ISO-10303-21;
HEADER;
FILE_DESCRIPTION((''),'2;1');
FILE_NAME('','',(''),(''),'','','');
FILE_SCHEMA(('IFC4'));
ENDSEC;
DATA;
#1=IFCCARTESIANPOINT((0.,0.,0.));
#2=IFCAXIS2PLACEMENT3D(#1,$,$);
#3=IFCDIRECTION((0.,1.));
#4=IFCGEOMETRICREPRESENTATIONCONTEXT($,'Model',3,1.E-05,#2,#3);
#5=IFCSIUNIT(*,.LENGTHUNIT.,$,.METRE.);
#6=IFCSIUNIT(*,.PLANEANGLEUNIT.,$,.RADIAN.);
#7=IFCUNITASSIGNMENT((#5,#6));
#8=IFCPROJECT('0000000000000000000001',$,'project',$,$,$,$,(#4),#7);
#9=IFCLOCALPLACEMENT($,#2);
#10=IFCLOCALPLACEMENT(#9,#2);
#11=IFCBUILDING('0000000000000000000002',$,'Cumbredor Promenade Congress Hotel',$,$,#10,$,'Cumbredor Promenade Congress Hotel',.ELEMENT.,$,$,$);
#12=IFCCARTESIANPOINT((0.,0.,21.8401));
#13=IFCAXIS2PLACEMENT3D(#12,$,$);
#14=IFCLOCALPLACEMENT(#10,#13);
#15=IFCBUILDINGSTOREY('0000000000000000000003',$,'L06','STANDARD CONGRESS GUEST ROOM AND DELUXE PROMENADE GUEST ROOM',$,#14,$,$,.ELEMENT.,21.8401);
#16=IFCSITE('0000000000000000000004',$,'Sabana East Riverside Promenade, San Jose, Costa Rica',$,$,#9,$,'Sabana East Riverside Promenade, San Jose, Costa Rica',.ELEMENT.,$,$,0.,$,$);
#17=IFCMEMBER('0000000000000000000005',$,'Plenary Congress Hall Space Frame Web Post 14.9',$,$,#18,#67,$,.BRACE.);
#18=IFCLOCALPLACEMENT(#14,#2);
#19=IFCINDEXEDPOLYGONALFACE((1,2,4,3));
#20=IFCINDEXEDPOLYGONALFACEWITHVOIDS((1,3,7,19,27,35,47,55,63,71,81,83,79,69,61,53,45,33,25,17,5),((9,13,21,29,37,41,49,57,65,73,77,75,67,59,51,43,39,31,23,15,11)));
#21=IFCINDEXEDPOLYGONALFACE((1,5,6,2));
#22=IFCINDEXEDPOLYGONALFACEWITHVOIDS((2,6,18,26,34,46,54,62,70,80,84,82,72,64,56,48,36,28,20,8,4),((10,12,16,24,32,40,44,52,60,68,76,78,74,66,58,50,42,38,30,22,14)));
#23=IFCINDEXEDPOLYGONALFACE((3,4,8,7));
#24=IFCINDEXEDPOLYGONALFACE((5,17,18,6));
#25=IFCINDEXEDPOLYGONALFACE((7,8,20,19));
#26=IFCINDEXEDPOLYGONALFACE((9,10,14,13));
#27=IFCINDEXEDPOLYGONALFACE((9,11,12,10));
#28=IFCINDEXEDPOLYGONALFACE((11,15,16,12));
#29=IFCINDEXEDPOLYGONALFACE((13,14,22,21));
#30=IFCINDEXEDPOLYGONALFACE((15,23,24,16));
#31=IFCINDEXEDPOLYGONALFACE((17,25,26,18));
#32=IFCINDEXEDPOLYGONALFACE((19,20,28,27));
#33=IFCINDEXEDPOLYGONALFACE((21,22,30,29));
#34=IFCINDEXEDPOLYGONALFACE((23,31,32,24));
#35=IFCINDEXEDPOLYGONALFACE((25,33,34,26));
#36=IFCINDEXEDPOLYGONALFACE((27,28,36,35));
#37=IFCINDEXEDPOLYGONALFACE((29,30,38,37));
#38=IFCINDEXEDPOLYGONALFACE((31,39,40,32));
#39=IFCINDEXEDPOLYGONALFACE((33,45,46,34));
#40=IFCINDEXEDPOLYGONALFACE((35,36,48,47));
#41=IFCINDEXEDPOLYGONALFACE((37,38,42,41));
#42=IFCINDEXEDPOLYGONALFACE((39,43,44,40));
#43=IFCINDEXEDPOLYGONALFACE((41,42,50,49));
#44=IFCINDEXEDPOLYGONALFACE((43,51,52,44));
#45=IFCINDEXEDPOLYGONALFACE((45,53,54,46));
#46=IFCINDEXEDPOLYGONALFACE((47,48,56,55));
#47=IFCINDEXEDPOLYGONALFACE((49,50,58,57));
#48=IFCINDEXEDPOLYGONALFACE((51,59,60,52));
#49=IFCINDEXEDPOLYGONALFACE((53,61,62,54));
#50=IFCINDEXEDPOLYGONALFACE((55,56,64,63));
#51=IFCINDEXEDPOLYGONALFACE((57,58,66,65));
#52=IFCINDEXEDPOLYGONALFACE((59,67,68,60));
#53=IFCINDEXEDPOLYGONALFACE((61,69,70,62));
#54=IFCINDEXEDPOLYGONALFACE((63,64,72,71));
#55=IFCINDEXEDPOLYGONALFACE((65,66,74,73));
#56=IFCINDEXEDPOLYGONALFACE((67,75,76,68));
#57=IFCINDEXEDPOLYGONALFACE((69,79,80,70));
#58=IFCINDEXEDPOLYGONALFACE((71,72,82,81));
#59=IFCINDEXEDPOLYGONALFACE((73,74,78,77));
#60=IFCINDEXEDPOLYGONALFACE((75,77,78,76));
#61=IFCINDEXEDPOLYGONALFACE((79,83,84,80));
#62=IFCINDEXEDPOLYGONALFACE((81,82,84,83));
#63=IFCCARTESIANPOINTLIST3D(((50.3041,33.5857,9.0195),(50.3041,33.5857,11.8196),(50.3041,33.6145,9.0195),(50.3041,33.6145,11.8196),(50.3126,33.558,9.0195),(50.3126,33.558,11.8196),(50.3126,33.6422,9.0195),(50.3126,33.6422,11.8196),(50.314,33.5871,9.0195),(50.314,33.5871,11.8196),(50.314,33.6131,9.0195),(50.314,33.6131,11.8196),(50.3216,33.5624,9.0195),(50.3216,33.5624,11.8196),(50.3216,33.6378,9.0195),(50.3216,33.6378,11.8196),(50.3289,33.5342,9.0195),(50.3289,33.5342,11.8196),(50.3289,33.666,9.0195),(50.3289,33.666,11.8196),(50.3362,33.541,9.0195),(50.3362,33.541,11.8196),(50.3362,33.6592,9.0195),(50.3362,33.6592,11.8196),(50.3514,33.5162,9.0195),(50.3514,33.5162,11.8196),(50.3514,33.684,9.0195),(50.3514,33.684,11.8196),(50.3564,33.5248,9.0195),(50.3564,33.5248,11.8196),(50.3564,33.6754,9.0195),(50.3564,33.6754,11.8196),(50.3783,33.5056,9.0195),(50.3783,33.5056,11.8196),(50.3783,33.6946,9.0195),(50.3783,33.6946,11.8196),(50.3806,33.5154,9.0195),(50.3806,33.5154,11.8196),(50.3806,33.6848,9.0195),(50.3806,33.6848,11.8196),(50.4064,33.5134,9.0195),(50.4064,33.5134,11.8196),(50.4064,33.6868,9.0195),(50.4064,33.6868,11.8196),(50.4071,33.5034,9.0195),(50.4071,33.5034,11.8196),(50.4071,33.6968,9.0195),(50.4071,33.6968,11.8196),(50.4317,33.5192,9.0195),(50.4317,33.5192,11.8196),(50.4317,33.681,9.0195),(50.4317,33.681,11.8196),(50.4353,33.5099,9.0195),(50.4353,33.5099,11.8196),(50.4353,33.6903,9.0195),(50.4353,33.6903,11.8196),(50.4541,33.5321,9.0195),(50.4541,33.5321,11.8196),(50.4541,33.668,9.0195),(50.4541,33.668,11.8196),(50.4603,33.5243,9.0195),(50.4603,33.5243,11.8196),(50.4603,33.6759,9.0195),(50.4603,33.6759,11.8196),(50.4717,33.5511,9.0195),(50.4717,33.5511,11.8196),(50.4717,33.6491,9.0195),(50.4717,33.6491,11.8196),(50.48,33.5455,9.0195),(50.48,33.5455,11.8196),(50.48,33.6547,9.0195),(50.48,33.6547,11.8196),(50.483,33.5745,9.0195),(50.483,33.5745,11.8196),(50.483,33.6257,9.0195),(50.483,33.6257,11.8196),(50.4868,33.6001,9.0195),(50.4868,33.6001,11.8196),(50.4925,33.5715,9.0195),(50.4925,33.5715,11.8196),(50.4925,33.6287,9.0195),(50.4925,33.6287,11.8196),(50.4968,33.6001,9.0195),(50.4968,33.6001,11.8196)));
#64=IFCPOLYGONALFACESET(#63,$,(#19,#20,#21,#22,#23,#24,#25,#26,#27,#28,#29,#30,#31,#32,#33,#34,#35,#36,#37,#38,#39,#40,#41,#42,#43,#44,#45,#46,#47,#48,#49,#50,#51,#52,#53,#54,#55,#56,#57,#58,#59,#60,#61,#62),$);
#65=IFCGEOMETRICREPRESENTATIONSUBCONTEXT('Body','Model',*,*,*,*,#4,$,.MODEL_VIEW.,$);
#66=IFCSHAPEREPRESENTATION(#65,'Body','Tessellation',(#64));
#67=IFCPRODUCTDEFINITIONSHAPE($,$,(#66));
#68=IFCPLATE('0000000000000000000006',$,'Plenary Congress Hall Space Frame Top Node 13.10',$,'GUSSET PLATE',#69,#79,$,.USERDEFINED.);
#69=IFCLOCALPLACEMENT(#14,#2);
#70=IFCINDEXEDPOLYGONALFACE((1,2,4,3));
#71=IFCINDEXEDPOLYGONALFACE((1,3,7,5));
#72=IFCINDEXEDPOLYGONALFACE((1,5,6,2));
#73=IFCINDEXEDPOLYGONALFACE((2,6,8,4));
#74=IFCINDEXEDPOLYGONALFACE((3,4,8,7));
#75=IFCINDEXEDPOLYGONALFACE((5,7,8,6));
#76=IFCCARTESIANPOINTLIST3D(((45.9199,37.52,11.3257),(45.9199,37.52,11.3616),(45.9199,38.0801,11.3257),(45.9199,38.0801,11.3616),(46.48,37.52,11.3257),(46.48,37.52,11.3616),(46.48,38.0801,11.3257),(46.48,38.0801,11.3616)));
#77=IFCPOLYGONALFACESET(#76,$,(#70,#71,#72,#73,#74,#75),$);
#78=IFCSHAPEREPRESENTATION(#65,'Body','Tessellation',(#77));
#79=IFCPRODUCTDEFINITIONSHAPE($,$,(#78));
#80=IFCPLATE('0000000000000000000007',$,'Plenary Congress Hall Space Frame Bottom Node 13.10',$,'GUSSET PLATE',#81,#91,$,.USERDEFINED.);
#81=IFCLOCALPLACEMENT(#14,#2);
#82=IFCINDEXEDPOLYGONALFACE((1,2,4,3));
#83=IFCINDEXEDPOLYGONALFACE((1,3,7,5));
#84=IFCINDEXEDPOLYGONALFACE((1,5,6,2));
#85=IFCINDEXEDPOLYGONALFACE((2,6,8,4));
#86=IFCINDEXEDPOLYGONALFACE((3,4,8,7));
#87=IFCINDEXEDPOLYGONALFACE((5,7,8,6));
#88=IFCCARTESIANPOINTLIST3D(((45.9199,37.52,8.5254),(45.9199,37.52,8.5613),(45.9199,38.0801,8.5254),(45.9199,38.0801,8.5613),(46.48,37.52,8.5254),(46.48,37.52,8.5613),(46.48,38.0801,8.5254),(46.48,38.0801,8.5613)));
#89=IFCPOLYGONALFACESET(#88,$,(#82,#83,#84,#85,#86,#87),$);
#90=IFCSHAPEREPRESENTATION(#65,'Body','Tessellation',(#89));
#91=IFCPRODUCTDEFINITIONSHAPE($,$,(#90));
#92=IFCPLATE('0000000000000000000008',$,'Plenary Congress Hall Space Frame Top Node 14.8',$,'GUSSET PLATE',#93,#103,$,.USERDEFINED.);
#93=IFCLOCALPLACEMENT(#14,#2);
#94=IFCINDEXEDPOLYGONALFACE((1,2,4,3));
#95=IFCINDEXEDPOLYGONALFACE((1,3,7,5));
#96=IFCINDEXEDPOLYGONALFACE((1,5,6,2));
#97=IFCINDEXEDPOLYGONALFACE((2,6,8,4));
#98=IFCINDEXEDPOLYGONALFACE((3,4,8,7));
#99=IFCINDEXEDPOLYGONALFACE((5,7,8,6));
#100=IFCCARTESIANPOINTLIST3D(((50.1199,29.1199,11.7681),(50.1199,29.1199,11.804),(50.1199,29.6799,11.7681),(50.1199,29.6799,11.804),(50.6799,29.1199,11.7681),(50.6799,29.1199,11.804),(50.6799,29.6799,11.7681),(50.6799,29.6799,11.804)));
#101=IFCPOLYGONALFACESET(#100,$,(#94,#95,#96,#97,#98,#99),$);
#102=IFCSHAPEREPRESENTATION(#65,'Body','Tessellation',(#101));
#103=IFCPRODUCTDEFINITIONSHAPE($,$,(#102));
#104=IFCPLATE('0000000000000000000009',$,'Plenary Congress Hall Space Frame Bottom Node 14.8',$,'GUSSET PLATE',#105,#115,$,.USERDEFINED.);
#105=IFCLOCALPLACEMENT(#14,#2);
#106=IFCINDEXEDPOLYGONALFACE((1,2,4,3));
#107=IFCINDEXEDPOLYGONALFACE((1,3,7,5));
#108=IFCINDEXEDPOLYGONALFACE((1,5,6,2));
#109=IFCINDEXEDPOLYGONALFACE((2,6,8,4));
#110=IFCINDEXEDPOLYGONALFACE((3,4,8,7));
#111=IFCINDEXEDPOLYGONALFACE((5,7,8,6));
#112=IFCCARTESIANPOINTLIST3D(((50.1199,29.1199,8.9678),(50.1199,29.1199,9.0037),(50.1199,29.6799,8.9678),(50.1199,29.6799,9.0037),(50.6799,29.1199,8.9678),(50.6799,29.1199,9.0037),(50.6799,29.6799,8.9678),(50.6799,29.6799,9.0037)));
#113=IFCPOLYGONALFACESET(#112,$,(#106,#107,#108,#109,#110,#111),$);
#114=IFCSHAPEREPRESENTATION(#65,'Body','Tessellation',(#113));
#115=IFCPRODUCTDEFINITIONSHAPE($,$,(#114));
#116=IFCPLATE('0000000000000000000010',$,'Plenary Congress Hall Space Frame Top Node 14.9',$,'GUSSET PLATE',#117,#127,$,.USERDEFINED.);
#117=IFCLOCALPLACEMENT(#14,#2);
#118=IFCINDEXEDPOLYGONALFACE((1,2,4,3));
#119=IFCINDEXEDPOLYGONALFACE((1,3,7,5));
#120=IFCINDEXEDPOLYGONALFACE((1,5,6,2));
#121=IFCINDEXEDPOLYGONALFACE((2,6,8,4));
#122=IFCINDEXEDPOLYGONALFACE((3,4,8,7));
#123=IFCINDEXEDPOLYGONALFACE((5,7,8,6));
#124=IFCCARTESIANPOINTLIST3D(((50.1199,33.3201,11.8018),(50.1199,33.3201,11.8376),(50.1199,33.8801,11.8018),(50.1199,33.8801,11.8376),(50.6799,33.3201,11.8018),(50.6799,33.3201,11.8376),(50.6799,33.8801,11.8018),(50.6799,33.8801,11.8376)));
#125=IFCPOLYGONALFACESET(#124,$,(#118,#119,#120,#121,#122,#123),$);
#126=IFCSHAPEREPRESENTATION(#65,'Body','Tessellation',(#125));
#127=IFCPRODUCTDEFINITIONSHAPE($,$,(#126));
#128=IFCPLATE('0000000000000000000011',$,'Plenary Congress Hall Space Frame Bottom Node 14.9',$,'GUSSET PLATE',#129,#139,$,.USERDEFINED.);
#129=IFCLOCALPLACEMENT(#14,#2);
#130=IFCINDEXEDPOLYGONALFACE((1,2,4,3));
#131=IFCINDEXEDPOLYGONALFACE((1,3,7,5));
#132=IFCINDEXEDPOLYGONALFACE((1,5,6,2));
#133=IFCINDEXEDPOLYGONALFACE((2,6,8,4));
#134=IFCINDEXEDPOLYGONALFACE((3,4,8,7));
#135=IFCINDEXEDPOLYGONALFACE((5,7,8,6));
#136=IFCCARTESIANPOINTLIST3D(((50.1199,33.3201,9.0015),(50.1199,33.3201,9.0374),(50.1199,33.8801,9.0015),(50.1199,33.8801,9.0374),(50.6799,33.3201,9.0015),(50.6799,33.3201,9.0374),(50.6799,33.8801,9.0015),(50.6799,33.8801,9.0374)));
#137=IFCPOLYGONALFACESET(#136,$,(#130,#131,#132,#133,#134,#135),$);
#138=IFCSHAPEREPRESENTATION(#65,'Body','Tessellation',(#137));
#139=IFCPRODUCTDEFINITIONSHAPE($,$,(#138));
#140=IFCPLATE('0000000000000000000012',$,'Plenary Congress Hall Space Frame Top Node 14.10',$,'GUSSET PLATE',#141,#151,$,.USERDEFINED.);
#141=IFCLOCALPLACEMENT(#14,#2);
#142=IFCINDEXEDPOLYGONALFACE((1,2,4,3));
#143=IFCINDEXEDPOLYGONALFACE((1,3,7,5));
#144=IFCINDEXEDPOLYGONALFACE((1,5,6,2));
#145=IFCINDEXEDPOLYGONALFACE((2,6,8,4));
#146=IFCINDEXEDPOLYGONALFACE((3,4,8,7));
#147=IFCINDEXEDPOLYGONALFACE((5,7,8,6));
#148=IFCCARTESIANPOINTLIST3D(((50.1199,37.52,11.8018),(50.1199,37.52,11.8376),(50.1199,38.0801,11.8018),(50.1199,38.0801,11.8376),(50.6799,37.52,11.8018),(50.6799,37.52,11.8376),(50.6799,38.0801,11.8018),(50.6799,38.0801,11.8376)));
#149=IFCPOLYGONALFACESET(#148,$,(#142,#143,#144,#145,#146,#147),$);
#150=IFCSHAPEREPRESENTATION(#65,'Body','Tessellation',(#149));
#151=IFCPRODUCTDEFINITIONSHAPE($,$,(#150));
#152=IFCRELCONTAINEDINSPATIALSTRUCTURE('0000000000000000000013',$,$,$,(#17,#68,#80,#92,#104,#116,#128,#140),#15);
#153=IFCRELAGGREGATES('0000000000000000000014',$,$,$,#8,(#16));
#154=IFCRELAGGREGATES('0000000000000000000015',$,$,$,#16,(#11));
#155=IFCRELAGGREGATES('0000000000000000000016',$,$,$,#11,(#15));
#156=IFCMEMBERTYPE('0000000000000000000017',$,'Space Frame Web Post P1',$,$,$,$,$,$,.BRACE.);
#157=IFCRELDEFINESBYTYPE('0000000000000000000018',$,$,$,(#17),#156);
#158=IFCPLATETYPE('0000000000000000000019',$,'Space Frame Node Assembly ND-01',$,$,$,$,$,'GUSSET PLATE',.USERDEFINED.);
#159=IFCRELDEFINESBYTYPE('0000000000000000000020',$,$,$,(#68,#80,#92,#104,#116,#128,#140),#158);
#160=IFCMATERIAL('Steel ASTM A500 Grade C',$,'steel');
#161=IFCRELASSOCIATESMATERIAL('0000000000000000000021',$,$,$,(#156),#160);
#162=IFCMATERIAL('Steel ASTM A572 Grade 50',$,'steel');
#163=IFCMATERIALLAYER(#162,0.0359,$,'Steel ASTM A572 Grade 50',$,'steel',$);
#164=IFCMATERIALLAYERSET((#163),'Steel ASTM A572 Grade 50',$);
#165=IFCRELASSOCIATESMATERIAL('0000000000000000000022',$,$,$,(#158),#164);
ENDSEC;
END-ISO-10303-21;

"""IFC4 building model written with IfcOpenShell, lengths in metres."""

from ifc_helpers import new_model, si_unit, direction, frame, origin, origin_2d, place, context, subcontext, project, spatial, rectangle, hollow_circle, extrude, material, layer, layer_set, material_profile, profile_set, type_object, element, save


model = new_model("IFC4")

# Units and contexts
model_context = context("Model", 3, precision=1e-05, world=origin(), true_north=direction((0.0, 1.0)))
body_context = subcontext(model_context, "Body", "Model", "MODEL_VIEW")
ifc_project = project(units=[si_unit("LENGTHUNIT", "METRE"), si_unit("PLANEANGLEUNIT", "RADIAN")], contexts=[model_context])

# Site, building, storey
site_placement = place(None, origin())
site = spatial("IfcSite", under=ifc_project, at=site_placement, Name="Sabana East Riverside Promenade, San Jose, Costa Rica", LongName="Sabana East Riverside Promenade, San Jose, Costa Rica", CompositionType="ELEMENT", RefElevation=0.0)
building_placement = place(site_placement, origin())
building = spatial("IfcBuilding", under=site, at=building_placement, Name="Cumbredor Promenade Congress Hotel", LongName="Cumbredor Promenade Congress Hotel", CompositionType="ELEMENT")
storey_placement = place(building_placement, frame((0.0, 0.0, 21.8401)))
storey = spatial("IfcBuildingStorey", under=building, at=storey_placement, Name="L06", Description="STANDARD CONGRESS GUEST ROOM AND DELUXE PROMENADE GUEST ROOM", CompositionType="ELEMENT", Elevation=21.8401)

# Member
ifc_material_1 = material(Name="Steel ASTM A500 Grade C", Category="steel")
ifc_material_profile_1 = material_profile(ifc_material_1, hollow_circle(Radius=0.0969, WallThickness=0.01, at=origin_2d()), Name="CHS 193.7x10")
ifc_profile_set_1 = profile_set([ifc_material_profile_1], Name="Steel ASTM A500 Grade C")
member_type_1 = type_object("IfcMemberType", Name="Space Frame Web Post P1", PredefinedType="BRACE", material=ifc_profile_set_1)
for number, where, z_axis, x_axis, name in (
    (1, (50.3999, 33.6001, 9.0195), (0.0, 0.0, 1.0), (1.0, 0.0, 0.0), "Plenary Congress Hall Space Frame Web Post 14.9"),
):
    element("IfcMember", number, at=place(storey_placement, frame(where, z_axis=z_axis, x_axis=x_axis)), inside=storey, type_object=member_type_1, Name=name, PredefinedType="BRACE", context=body_context, shape_type="SweptSolid", body=[
        extrude(hollow_circle(Radius=0.0969, WallThickness=0.01, at=origin_2d()), origin(), (0.0, 0.0, 1.0), 2.8),
    ])

# Plates
ifc_material_2 = material(Name="Steel ASTM A572 Grade 50", Category="steel")
ifc_layer = layer(ifc_material_2, 0.0359, Name="Steel ASTM A572 Grade 50", Category="steel")
ifc_layer_set = layer_set([ifc_layer], Name="Steel ASTM A572 Grade 50")
plate_type = type_object("IfcPlateType", Name="Space Frame Node Assembly ND-01", ElementType="GUSSET PLATE", PredefinedType="USERDEFINED", material=ifc_layer_set)
for number, where, z_axis, x_axis, name in (
    (2, (46.2, 37.8, 11.3257), (0.0, 0.0, 1.0), (1.0, 0.0, 0.0), "Plenary Congress Hall Space Frame Top Node 13.10"),
    (3, (46.2, 37.8, 8.5254), (0.0, 0.0, 1.0), (1.0, 0.0, 0.0), "Plenary Congress Hall Space Frame Bottom Node 13.10"),
    (4, (50.3999, 29.3999, 11.7681), (0.0, 0.0, 1.0), (1.0, 0.0, 0.0), "Plenary Congress Hall Space Frame Top Node 14.8"),
    (5, (50.3999, 29.3999, 8.9678), (0.0, 0.0, 1.0), (1.0, 0.0, 0.0), "Plenary Congress Hall Space Frame Bottom Node 14.8"),
    (6, (50.3999, 33.6001, 11.8018), (0.0, 0.0, 1.0), (1.0, 0.0, 0.0), "Plenary Congress Hall Space Frame Top Node 14.9"),
    (7, (50.3999, 33.6001, 9.0015), (0.0, 0.0, 1.0), (1.0, 0.0, 0.0), "Plenary Congress Hall Space Frame Bottom Node 14.9"),
    (8, (50.3999, 37.8, 11.8018), (0.0, 0.0, 1.0), (1.0, 0.0, 0.0), "Plenary Congress Hall Space Frame Top Node 14.10"),
):
    element("IfcPlate", number, at=place(storey_placement, frame(where, z_axis=z_axis, x_axis=x_axis)), inside=storey, type_object=plate_type, Name=name, ObjectType="GUSSET PLATE", PredefinedType="USERDEFINED", context=body_context, shape_type="SweptSolid", body=[
        extrude(rectangle(XDim=0.5601, YDim=0.5601, at=origin_2d()), origin(), (0.0, 0.0, 1.0), 0.0359),
    ])

save(model, "model.ifc")
